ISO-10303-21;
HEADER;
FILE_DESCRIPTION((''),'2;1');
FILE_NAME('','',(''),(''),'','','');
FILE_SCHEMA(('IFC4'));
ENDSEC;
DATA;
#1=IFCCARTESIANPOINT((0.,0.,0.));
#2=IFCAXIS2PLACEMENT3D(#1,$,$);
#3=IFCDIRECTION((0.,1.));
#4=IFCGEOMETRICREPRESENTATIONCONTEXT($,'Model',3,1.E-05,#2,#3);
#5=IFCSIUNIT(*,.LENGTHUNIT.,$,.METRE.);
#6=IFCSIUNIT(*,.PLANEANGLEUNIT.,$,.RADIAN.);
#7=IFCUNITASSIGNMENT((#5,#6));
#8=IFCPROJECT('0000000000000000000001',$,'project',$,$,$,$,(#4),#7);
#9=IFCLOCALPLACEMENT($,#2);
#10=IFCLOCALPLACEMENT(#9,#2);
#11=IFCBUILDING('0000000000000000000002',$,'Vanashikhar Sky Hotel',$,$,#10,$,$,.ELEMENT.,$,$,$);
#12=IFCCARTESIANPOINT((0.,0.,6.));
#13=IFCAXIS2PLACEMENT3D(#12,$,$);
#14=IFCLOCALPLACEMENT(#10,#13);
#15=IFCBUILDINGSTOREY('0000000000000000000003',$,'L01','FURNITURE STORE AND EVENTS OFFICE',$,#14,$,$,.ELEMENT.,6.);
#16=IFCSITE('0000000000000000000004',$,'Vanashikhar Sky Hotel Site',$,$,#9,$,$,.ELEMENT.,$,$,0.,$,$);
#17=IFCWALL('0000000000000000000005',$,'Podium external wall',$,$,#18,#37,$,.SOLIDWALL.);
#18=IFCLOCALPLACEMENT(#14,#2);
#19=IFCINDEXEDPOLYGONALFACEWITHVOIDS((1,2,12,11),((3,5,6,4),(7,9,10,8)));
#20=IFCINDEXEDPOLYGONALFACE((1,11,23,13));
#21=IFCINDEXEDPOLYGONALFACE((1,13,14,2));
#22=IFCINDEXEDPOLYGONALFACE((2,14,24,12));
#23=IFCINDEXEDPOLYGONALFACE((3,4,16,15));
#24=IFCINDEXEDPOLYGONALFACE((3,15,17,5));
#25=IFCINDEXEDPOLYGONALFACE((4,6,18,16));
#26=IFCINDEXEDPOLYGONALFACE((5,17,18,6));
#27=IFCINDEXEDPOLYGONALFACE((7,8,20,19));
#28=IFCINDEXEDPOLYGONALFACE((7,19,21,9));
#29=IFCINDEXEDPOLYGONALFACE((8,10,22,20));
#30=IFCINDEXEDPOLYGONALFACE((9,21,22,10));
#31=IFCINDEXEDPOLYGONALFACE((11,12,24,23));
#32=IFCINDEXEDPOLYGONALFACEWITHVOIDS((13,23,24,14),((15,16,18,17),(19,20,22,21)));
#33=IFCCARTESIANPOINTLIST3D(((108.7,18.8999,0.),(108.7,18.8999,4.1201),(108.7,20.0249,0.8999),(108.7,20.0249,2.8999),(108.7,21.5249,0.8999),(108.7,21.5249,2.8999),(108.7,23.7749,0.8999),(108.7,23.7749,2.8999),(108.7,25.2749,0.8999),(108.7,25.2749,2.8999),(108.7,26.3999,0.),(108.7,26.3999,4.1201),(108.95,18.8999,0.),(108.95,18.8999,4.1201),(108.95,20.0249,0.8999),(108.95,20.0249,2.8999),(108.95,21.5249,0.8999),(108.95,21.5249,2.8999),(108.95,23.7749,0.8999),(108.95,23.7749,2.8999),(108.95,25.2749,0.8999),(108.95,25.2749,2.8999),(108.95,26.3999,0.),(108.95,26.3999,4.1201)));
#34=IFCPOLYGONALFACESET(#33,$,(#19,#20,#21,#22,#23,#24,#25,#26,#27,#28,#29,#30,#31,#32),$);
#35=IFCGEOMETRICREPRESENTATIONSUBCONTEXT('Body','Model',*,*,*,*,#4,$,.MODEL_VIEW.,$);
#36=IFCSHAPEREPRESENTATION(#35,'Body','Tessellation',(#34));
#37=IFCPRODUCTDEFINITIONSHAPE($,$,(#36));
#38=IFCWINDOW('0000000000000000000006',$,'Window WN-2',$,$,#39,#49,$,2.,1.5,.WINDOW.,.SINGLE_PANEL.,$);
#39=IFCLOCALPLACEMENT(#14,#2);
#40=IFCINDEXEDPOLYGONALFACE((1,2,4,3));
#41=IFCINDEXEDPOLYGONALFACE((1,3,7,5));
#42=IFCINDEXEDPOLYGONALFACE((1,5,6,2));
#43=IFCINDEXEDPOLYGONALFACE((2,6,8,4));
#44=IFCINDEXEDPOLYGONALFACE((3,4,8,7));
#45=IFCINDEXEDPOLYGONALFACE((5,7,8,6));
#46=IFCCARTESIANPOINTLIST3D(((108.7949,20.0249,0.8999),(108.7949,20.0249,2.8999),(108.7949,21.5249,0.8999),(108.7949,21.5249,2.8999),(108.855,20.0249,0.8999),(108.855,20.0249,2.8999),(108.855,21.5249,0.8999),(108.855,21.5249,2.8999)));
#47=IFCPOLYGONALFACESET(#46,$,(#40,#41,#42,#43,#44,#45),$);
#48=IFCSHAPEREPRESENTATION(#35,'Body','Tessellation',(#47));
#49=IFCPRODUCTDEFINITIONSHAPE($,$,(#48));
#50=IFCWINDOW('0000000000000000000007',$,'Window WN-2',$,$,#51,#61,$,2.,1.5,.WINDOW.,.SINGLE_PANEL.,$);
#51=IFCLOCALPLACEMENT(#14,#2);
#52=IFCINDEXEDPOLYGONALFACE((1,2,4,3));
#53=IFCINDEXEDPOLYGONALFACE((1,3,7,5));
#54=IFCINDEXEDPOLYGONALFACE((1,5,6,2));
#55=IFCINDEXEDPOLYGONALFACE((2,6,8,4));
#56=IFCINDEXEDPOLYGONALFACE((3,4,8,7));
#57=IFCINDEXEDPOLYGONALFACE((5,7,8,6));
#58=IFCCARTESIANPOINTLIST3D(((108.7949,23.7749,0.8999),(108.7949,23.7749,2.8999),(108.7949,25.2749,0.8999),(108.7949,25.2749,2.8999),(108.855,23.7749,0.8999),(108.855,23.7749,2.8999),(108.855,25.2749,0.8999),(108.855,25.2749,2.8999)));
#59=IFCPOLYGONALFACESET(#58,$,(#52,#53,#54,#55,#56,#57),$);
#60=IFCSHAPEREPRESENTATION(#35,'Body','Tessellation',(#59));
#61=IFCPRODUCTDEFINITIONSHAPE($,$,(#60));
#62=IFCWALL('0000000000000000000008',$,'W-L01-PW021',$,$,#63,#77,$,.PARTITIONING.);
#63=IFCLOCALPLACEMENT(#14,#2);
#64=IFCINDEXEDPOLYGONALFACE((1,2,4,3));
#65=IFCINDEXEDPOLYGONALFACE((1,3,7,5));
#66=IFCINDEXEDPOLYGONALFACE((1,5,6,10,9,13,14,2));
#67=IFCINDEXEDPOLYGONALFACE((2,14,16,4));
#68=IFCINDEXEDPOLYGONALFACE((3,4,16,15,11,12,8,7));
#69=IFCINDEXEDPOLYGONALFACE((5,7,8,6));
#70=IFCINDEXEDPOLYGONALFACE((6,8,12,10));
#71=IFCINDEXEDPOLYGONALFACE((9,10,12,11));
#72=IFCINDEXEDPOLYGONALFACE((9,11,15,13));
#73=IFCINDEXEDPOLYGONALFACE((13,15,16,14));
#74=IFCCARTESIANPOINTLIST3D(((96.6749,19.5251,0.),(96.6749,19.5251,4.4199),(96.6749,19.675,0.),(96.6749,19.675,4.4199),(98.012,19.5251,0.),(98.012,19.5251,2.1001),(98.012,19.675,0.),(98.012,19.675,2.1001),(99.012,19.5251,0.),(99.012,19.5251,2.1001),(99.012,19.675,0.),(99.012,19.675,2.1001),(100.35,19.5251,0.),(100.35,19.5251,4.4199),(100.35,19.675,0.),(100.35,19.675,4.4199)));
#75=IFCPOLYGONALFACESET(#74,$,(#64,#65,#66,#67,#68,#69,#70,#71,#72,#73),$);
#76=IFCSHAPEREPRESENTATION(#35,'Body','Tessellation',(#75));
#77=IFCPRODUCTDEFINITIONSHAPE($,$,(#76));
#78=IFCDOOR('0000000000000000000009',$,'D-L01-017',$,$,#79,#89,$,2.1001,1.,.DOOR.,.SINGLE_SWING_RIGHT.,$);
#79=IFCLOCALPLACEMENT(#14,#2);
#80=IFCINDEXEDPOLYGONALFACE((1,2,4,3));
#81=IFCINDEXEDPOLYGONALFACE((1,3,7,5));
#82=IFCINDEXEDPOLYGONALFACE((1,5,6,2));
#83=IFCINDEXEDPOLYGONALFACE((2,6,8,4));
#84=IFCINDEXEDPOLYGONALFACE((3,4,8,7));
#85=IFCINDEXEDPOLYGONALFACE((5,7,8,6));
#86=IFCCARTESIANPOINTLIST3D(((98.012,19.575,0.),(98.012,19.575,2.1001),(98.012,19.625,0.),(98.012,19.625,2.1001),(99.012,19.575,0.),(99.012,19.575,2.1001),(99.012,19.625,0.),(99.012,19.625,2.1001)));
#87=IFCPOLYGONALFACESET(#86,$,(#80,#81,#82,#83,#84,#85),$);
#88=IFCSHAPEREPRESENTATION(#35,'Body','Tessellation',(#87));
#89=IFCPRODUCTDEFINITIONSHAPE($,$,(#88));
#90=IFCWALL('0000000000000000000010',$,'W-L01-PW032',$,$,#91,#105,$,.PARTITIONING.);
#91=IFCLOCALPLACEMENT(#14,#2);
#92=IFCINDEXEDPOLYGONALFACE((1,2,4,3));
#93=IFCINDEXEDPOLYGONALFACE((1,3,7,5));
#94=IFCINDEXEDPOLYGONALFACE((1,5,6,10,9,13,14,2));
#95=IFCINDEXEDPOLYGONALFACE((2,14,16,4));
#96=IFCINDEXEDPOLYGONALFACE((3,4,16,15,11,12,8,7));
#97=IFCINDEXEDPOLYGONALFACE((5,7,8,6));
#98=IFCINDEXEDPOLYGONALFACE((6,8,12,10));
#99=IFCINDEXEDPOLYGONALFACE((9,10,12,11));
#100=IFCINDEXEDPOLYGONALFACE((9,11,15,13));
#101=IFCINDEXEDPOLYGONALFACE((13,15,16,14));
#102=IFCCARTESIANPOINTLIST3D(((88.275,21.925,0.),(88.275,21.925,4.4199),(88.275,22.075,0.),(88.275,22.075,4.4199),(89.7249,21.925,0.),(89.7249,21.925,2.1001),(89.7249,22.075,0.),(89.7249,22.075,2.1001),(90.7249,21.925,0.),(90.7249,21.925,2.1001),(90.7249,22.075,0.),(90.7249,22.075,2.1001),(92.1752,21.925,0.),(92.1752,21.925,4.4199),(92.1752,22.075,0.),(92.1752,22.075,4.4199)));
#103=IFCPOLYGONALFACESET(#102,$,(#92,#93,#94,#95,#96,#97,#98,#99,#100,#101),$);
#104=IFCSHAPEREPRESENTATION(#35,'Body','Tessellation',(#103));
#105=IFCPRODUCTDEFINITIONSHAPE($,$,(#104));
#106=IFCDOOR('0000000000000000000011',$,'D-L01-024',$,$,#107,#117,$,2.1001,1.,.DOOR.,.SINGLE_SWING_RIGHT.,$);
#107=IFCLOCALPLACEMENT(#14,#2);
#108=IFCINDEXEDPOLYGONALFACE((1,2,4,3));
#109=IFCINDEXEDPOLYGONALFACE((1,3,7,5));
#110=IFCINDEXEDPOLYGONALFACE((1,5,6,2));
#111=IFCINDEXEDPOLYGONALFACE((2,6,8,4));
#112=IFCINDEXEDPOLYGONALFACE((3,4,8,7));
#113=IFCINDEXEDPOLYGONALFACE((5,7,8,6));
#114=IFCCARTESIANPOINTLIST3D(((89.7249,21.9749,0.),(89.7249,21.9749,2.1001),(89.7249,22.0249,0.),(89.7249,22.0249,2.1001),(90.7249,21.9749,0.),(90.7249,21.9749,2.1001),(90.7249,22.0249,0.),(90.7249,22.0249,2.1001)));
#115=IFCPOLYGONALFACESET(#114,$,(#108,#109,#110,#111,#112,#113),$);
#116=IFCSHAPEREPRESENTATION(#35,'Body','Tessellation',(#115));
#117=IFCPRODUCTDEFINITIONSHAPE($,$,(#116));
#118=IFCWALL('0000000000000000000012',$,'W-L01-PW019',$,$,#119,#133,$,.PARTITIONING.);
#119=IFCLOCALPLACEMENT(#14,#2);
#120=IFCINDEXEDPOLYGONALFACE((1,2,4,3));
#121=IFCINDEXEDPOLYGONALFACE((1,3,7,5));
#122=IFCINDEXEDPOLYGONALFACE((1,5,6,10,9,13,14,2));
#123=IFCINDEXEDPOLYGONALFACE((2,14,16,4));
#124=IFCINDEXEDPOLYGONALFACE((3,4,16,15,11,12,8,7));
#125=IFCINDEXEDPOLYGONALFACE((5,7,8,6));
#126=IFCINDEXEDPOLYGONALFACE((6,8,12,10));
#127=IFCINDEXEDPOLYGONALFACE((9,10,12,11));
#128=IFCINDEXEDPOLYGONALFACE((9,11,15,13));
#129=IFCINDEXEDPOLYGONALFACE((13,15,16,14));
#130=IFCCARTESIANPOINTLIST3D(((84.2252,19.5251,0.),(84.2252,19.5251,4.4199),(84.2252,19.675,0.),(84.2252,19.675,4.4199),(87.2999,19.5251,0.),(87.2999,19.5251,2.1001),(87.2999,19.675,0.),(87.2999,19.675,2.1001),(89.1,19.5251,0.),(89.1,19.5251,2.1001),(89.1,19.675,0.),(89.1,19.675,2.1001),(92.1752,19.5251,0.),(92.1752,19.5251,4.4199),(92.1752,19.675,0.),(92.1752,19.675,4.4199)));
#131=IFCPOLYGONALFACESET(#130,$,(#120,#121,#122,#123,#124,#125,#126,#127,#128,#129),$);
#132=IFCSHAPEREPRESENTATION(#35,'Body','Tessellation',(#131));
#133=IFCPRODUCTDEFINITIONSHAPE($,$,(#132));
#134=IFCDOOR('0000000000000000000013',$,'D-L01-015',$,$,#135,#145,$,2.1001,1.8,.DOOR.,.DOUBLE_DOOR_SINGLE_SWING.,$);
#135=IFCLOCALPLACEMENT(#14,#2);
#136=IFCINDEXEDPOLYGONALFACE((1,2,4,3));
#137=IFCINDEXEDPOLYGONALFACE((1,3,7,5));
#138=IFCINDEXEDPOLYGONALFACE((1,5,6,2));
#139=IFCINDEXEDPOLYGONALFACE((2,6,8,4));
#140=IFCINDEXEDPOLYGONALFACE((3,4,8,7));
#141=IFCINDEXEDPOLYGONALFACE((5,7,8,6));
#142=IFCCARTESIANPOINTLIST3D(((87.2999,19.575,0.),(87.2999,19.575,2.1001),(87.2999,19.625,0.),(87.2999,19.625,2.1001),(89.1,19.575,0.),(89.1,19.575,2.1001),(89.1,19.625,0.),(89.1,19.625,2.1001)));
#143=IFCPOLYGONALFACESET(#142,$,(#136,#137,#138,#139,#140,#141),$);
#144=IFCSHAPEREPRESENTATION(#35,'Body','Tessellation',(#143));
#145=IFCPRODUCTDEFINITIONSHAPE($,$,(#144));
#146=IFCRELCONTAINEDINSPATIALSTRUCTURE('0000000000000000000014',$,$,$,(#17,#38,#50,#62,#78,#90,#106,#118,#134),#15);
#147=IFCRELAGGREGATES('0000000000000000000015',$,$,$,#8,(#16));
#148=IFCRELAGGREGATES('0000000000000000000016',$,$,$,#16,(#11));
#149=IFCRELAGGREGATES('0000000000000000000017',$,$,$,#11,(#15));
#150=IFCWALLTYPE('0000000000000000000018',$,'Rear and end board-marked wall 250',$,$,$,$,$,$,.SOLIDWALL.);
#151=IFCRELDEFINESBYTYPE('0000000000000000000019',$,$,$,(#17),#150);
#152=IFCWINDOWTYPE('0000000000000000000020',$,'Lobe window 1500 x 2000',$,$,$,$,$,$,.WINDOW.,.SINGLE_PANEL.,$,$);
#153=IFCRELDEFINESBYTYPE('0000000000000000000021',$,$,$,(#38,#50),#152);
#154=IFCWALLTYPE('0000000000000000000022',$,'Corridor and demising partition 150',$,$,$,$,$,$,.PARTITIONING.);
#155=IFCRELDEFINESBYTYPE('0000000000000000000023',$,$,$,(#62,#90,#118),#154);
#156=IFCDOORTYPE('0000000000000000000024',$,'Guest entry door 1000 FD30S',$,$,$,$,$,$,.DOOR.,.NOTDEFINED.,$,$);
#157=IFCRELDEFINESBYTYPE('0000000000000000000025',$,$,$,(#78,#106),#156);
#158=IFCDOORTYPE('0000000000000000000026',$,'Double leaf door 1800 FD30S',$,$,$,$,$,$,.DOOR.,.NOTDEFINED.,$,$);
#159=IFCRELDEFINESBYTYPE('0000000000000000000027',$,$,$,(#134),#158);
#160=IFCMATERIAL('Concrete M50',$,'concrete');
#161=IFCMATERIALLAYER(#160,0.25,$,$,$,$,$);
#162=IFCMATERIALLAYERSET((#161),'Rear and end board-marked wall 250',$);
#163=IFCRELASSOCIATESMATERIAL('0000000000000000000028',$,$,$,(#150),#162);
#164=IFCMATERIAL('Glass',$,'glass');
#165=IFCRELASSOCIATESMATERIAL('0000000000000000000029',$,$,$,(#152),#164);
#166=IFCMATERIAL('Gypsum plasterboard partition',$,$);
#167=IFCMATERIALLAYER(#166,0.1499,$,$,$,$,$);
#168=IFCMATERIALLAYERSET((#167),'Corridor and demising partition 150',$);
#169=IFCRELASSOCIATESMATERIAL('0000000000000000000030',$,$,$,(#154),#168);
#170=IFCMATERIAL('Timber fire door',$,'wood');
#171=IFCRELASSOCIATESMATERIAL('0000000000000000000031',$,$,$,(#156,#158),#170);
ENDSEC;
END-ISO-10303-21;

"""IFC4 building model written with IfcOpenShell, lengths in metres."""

from ifc_helpers import new_model, si_unit, direction, frame, frame_2d, origin, place, context, subcontext, project, spatial, rectangle, extrude, source, transform, mapped, material, layer, layer_set, type_object, element, fill, save


model = new_model("IFC4")

# Units and contexts
model_context = context("Model", 3, precision=1e-05, world=origin(), true_north=direction((0.0, 1.0)))
body_context = subcontext(model_context, "Body", "Model", "MODEL_VIEW")
ifc_project = project(units=[si_unit("LENGTHUNIT", "METRE"), si_unit("PLANEANGLEUNIT", "RADIAN")], contexts=[model_context])

# Site, building, storey
site_placement = place(None, origin())
site = spatial("IfcSite", under=ifc_project, at=site_placement, Name="Vanashikhar Sky Hotel Site", CompositionType="ELEMENT", RefElevation=0.0)
building_placement = place(site_placement, origin())
building = spatial("IfcBuilding", under=site, at=building_placement, Name="Vanashikhar Sky Hotel", CompositionType="ELEMENT")
storey_placement = place(building_placement, frame((0.0, 0.0, 6.0)))
storey = spatial("IfcBuildingStorey", under=building, at=storey_placement, Name="L01", Description="FURNITURE STORE AND EVENTS OFFICE", CompositionType="ELEMENT", Elevation=6.0)

# Shared definitions
ifc_material_1 = material(Name="Concrete M50", Category="concrete")

# Wall, openings, windows
ifc_layer_1 = layer(ifc_material_1, 0.25)
ifc_layer_set_1 = layer_set([ifc_layer_1], Name="Rear and end board-marked wall 250")
wall_type_1 = type_object("IfcWallType", Name="Rear and end board-marked wall 250", PredefinedType="SOLIDWALL", material=ifc_layer_set_1)
shared_shape_1 = source(origin(), body_context, "Body", "SweptSolid", [
    extrude(rectangle(XDim=7.5, YDim=0.25, at=frame_2d((3.75, 0.0))), origin(), (0.0, 0.0, 1.0), 4.1201),
])
shared_shape_2 = source(origin(), body_context, "Body", "SweptSolid", [
    extrude(rectangle(XDim=1.5, YDim=2.0, at=frame_2d((0.75, 1.0))), frame((0.0, 0.135, 0.0), z_axis=(0.0, -1.0, 0.0), x_axis=(1.0, 0.0, 0.0)), (0.0, 0.0, 1.0), 0.27),
])
ifc_material_2 = material(Name="Glass", Category="glass")
window_type = type_object("IfcWindowType", Name="Lobe window 1500 x 2000", PartitioningType="SINGLE_PANEL", PredefinedType="WINDOW", material=ifc_material_2)
shared_shape_3 = source(origin(), body_context, "Body", "SweptSolid", [
    extrude(rectangle(XDim=1.5, YDim=2.0, at=frame_2d((0.75, 1.0))), frame((0.0, 0.03, 0.0), z_axis=(0.0, -1.0, 0.0), x_axis=(1.0, 0.0, 0.0)), (0.0, 0.0, 1.0), 0.0601),
])
wall_1_placement = place(storey_placement, frame((108.825, 18.8999, 0.0), z_axis=(0.0, 0.0, 1.0), x_axis=(0.0, 1.0, 0.0)))
wall_1 = element("IfcWall", 1, at=wall_1_placement, inside=storey, type_object=wall_type_1, Name="Podium external wall", PredefinedType="SOLIDWALL", context=body_context, shape_type="MappedRepresentation", body=[
    mapped(shared_shape_1, transform((0.0, 0.0, 0.0), scale=1.0)),
])
opening_1_placement = place(wall_1_placement, frame((1.125, 0.0, 0.8999)))
opening_1 = element("IfcOpeningElement", 2, at=opening_1_placement, cuts=wall_1, PredefinedType="OPENING", context=body_context, shape_type="MappedRepresentation", body=[
    mapped(shared_shape_2, transform((0.0, 0.0, 0.0), scale=1.0)),
])
opening_2_placement = place(wall_1_placement, frame((4.875, 0.0, 0.8999)))
opening_2 = element("IfcOpeningElement", 3, at=opening_2_placement, cuts=wall_1, PredefinedType="OPENING", context=body_context, shape_type="MappedRepresentation", body=[
    mapped(shared_shape_2, transform((0.0, 0.0, 0.0), scale=1.0)),
])
window_1_placement = place(opening_1_placement, origin())
window_1 = element("IfcWindow", 4, at=window_1_placement, inside=storey, type_object=window_type, Name="Window WN-2", OverallHeight=2.0, OverallWidth=1.5, PartitioningType="SINGLE_PANEL", PredefinedType="WINDOW", context=body_context, shape_type="MappedRepresentation", body=[
    mapped(shared_shape_3, transform((0.0, 0.0, 0.0), scale=1.0)),
])
fill(opening_1, window_1)
window_2_placement = place(opening_2_placement, origin())
window_2 = element("IfcWindow", 5, at=window_2_placement, inside=storey, type_object=window_type, Name="Window WN-2", OverallHeight=2.0, OverallWidth=1.5, PartitioningType="SINGLE_PANEL", PredefinedType="WINDOW", context=body_context, shape_type="MappedRepresentation", body=[
    mapped(shared_shape_3, transform((0.0, 0.0, 0.0), scale=1.0)),
])
fill(opening_2, window_2)

# Walls, openings, doors
ifc_material_3 = material(Name="Gypsum plasterboard partition")
ifc_layer_2 = layer(ifc_material_3, 0.1499)
ifc_layer_set_2 = layer_set([ifc_layer_2], Name="Corridor and demising partition 150")
wall_type_2 = type_object("IfcWallType", Name="Corridor and demising partition 150", PredefinedType="PARTITIONING", material=ifc_layer_set_2)
shared_shape_4 = source(origin(), body_context, "Body", "SweptSolid", [
    extrude(rectangle(XDim=3.675, YDim=0.1499, at=frame_2d((1.8374, 0.0))), origin(), (0.0, 0.0, 1.0), 4.4199),
])
wall_2_placement = place(storey_placement, frame((96.675, 19.6001, 0.0), z_axis=(0.0, 0.0, 1.0), x_axis=(1.0, 0.0, 0.0)))
wall_2 = element("IfcWall", 6, at=wall_2_placement, inside=storey, type_object=wall_type_2, Name="W-L01-PW021", PredefinedType="PARTITIONING", context=body_context, shape_type="MappedRepresentation", body=[
    mapped(shared_shape_4, transform((0.0, 0.0, 0.0), scale=1.0)),
])
shared_shape_5 = source(origin(), body_context, "Body", "SweptSolid", [
    extrude(rectangle(XDim=1.0, YDim=2.1001, at=frame_2d((0.5, 1.05))), frame((0.0, 0.085, 0.0), z_axis=(0.0, -1.0, 0.0), x_axis=(1.0, 0.0, 0.0)), (0.0, 0.0, 1.0), 0.1699),
])
opening_3_placement = place(wall_2_placement, frame((1.3369, 0.0, 0.0)))
opening_3 = element("IfcOpeningElement", 7, at=opening_3_placement, cuts=wall_2, PredefinedType="OPENING", context=body_context, shape_type="MappedRepresentation", body=[
    mapped(shared_shape_5, transform((0.0, 0.0, 0.0), scale=1.0)),
])
ifc_material_4 = material(Name="Timber fire door", Category="wood")
door_type_1 = type_object("IfcDoorType", Name="Guest entry door 1000 FD30S", OperationType="NOTDEFINED", PredefinedType="DOOR", material=ifc_material_4)
shared_shape_6 = source(origin(), body_context, "Body", "SweptSolid", [
    extrude(rectangle(XDim=1.0, YDim=2.1001, at=frame_2d((0.5, 1.05))), frame((0.0, 0.0249, 0.0), z_axis=(0.0, -1.0, 0.0), x_axis=(1.0, 0.0, 0.0)), (0.0, 0.0, 1.0), 0.05),
])
door_1_placement = place(opening_3_placement, origin())
door_1 = element("IfcDoor", 8, at=door_1_placement, inside=storey, type_object=door_type_1, Name="D-L01-017", OperationType="SINGLE_SWING_RIGHT", OverallHeight=2.1001, OverallWidth=1.0, PredefinedType="DOOR", context=body_context, shape_type="MappedRepresentation", body=[
    mapped(shared_shape_6, transform((0.0, 0.0, 0.0), scale=1.0)),
])
fill(opening_3, door_1)
shared_shape_7 = source(origin(), body_context, "Body", "SweptSolid", [
    extrude(rectangle(XDim=3.9001, YDim=0.1499, at=frame_2d((1.9502, 0.0))), origin(), (0.0, 0.0, 1.0), 4.4199),
])
wall_3_placement = place(storey_placement, frame((88.2749, 22.0, 0.0), z_axis=(0.0, 0.0, 1.0), x_axis=(1.0, 0.0, 0.0)))
wall_3 = element("IfcWall", 9, at=wall_3_placement, inside=storey, type_object=wall_type_2, Name="W-L01-PW032", PredefinedType="PARTITIONING", context=body_context, shape_type="MappedRepresentation", body=[
    mapped(shared_shape_7, transform((0.0, 0.0, 0.0), scale=1.0)),
])
opening_4_placement = place(wall_3_placement, frame((1.45, 0.0, 0.0)))
opening_4 = element("IfcOpeningElement", 10, at=opening_4_placement, cuts=wall_3, PredefinedType="OPENING", context=body_context, shape_type="MappedRepresentation", body=[
    mapped(shared_shape_5, transform((0.0, 0.0, 0.0), scale=1.0)),
])
door_2_placement = place(opening_4_placement, origin())
door_2 = element("IfcDoor", 11, at=door_2_placement, inside=storey, type_object=door_type_1, Name="D-L01-024", OperationType="SINGLE_SWING_RIGHT", OverallHeight=2.1001, OverallWidth=1.0, PredefinedType="DOOR", context=body_context, shape_type="MappedRepresentation", body=[
    mapped(shared_shape_6, transform((0.0, 0.0, 0.0), scale=1.0)),
])
fill(opening_4, door_2)
shared_shape_8 = source(origin(), body_context, "Body", "SweptSolid", [
    extrude(rectangle(XDim=7.95, YDim=0.1499, at=frame_2d((3.9751, 0.0))), origin(), (0.0, 0.0, 1.0), 4.4199),
])
wall_4_placement = place(storey_placement, frame((84.2251, 19.6001, 0.0), z_axis=(0.0, 0.0, 1.0), x_axis=(1.0, 0.0, 0.0)))
wall_4 = element("IfcWall", 12, at=wall_4_placement, inside=storey, type_object=wall_type_2, Name="W-L01-PW019", PredefinedType="PARTITIONING", context=body_context, shape_type="MappedRepresentation", body=[
    mapped(shared_shape_8, transform((0.0, 0.0, 0.0), scale=1.0)),
])
shared_shape_9 = source(origin(), body_context, "Body", "SweptSolid", [
    extrude(rectangle(XDim=1.8, YDim=2.1001, at=frame_2d((0.8999, 1.05))), frame((0.0, 0.085, 0.0), z_axis=(0.0, -1.0, 0.0), x_axis=(1.0, 0.0, 0.0)), (0.0, 0.0, 1.0), 0.1699),
])
opening_5_placement = place(wall_4_placement, frame((3.075, 0.0, 0.0)))
opening_5 = element("IfcOpeningElement", 13, at=opening_5_placement, cuts=wall_4, PredefinedType="OPENING", context=body_context, shape_type="MappedRepresentation", body=[
    mapped(shared_shape_9, transform((0.0, 0.0, 0.0), scale=1.0)),
])
door_type_2 = type_object("IfcDoorType", Name="Double leaf door 1800 FD30S", OperationType="NOTDEFINED", PredefinedType="DOOR", material=ifc_material_4)
shared_shape_10 = source(origin(), body_context, "Body", "SweptSolid", [
    extrude(rectangle(XDim=1.8, YDim=2.1001, at=frame_2d((0.8999, 1.05))), frame((0.0, 0.0249, 0.0), z_axis=(0.0, -1.0, 0.0), x_axis=(1.0, 0.0, 0.0)), (0.0, 0.0, 1.0), 0.05),
])
door_3_placement = place(opening_5_placement, origin())
door_3 = element("IfcDoor", 14, at=door_3_placement, inside=storey, type_object=door_type_2, Name="D-L01-015", OperationType="DOUBLE_DOOR_SINGLE_SWING", OverallHeight=2.1001, OverallWidth=1.8, PredefinedType="DOOR", context=body_context, shape_type="MappedRepresentation", body=[
    mapped(shared_shape_10, transform((0.0, 0.0, 0.0), scale=1.0)),
])
fill(opening_5, door_3)

save(model, "model.ifc")
